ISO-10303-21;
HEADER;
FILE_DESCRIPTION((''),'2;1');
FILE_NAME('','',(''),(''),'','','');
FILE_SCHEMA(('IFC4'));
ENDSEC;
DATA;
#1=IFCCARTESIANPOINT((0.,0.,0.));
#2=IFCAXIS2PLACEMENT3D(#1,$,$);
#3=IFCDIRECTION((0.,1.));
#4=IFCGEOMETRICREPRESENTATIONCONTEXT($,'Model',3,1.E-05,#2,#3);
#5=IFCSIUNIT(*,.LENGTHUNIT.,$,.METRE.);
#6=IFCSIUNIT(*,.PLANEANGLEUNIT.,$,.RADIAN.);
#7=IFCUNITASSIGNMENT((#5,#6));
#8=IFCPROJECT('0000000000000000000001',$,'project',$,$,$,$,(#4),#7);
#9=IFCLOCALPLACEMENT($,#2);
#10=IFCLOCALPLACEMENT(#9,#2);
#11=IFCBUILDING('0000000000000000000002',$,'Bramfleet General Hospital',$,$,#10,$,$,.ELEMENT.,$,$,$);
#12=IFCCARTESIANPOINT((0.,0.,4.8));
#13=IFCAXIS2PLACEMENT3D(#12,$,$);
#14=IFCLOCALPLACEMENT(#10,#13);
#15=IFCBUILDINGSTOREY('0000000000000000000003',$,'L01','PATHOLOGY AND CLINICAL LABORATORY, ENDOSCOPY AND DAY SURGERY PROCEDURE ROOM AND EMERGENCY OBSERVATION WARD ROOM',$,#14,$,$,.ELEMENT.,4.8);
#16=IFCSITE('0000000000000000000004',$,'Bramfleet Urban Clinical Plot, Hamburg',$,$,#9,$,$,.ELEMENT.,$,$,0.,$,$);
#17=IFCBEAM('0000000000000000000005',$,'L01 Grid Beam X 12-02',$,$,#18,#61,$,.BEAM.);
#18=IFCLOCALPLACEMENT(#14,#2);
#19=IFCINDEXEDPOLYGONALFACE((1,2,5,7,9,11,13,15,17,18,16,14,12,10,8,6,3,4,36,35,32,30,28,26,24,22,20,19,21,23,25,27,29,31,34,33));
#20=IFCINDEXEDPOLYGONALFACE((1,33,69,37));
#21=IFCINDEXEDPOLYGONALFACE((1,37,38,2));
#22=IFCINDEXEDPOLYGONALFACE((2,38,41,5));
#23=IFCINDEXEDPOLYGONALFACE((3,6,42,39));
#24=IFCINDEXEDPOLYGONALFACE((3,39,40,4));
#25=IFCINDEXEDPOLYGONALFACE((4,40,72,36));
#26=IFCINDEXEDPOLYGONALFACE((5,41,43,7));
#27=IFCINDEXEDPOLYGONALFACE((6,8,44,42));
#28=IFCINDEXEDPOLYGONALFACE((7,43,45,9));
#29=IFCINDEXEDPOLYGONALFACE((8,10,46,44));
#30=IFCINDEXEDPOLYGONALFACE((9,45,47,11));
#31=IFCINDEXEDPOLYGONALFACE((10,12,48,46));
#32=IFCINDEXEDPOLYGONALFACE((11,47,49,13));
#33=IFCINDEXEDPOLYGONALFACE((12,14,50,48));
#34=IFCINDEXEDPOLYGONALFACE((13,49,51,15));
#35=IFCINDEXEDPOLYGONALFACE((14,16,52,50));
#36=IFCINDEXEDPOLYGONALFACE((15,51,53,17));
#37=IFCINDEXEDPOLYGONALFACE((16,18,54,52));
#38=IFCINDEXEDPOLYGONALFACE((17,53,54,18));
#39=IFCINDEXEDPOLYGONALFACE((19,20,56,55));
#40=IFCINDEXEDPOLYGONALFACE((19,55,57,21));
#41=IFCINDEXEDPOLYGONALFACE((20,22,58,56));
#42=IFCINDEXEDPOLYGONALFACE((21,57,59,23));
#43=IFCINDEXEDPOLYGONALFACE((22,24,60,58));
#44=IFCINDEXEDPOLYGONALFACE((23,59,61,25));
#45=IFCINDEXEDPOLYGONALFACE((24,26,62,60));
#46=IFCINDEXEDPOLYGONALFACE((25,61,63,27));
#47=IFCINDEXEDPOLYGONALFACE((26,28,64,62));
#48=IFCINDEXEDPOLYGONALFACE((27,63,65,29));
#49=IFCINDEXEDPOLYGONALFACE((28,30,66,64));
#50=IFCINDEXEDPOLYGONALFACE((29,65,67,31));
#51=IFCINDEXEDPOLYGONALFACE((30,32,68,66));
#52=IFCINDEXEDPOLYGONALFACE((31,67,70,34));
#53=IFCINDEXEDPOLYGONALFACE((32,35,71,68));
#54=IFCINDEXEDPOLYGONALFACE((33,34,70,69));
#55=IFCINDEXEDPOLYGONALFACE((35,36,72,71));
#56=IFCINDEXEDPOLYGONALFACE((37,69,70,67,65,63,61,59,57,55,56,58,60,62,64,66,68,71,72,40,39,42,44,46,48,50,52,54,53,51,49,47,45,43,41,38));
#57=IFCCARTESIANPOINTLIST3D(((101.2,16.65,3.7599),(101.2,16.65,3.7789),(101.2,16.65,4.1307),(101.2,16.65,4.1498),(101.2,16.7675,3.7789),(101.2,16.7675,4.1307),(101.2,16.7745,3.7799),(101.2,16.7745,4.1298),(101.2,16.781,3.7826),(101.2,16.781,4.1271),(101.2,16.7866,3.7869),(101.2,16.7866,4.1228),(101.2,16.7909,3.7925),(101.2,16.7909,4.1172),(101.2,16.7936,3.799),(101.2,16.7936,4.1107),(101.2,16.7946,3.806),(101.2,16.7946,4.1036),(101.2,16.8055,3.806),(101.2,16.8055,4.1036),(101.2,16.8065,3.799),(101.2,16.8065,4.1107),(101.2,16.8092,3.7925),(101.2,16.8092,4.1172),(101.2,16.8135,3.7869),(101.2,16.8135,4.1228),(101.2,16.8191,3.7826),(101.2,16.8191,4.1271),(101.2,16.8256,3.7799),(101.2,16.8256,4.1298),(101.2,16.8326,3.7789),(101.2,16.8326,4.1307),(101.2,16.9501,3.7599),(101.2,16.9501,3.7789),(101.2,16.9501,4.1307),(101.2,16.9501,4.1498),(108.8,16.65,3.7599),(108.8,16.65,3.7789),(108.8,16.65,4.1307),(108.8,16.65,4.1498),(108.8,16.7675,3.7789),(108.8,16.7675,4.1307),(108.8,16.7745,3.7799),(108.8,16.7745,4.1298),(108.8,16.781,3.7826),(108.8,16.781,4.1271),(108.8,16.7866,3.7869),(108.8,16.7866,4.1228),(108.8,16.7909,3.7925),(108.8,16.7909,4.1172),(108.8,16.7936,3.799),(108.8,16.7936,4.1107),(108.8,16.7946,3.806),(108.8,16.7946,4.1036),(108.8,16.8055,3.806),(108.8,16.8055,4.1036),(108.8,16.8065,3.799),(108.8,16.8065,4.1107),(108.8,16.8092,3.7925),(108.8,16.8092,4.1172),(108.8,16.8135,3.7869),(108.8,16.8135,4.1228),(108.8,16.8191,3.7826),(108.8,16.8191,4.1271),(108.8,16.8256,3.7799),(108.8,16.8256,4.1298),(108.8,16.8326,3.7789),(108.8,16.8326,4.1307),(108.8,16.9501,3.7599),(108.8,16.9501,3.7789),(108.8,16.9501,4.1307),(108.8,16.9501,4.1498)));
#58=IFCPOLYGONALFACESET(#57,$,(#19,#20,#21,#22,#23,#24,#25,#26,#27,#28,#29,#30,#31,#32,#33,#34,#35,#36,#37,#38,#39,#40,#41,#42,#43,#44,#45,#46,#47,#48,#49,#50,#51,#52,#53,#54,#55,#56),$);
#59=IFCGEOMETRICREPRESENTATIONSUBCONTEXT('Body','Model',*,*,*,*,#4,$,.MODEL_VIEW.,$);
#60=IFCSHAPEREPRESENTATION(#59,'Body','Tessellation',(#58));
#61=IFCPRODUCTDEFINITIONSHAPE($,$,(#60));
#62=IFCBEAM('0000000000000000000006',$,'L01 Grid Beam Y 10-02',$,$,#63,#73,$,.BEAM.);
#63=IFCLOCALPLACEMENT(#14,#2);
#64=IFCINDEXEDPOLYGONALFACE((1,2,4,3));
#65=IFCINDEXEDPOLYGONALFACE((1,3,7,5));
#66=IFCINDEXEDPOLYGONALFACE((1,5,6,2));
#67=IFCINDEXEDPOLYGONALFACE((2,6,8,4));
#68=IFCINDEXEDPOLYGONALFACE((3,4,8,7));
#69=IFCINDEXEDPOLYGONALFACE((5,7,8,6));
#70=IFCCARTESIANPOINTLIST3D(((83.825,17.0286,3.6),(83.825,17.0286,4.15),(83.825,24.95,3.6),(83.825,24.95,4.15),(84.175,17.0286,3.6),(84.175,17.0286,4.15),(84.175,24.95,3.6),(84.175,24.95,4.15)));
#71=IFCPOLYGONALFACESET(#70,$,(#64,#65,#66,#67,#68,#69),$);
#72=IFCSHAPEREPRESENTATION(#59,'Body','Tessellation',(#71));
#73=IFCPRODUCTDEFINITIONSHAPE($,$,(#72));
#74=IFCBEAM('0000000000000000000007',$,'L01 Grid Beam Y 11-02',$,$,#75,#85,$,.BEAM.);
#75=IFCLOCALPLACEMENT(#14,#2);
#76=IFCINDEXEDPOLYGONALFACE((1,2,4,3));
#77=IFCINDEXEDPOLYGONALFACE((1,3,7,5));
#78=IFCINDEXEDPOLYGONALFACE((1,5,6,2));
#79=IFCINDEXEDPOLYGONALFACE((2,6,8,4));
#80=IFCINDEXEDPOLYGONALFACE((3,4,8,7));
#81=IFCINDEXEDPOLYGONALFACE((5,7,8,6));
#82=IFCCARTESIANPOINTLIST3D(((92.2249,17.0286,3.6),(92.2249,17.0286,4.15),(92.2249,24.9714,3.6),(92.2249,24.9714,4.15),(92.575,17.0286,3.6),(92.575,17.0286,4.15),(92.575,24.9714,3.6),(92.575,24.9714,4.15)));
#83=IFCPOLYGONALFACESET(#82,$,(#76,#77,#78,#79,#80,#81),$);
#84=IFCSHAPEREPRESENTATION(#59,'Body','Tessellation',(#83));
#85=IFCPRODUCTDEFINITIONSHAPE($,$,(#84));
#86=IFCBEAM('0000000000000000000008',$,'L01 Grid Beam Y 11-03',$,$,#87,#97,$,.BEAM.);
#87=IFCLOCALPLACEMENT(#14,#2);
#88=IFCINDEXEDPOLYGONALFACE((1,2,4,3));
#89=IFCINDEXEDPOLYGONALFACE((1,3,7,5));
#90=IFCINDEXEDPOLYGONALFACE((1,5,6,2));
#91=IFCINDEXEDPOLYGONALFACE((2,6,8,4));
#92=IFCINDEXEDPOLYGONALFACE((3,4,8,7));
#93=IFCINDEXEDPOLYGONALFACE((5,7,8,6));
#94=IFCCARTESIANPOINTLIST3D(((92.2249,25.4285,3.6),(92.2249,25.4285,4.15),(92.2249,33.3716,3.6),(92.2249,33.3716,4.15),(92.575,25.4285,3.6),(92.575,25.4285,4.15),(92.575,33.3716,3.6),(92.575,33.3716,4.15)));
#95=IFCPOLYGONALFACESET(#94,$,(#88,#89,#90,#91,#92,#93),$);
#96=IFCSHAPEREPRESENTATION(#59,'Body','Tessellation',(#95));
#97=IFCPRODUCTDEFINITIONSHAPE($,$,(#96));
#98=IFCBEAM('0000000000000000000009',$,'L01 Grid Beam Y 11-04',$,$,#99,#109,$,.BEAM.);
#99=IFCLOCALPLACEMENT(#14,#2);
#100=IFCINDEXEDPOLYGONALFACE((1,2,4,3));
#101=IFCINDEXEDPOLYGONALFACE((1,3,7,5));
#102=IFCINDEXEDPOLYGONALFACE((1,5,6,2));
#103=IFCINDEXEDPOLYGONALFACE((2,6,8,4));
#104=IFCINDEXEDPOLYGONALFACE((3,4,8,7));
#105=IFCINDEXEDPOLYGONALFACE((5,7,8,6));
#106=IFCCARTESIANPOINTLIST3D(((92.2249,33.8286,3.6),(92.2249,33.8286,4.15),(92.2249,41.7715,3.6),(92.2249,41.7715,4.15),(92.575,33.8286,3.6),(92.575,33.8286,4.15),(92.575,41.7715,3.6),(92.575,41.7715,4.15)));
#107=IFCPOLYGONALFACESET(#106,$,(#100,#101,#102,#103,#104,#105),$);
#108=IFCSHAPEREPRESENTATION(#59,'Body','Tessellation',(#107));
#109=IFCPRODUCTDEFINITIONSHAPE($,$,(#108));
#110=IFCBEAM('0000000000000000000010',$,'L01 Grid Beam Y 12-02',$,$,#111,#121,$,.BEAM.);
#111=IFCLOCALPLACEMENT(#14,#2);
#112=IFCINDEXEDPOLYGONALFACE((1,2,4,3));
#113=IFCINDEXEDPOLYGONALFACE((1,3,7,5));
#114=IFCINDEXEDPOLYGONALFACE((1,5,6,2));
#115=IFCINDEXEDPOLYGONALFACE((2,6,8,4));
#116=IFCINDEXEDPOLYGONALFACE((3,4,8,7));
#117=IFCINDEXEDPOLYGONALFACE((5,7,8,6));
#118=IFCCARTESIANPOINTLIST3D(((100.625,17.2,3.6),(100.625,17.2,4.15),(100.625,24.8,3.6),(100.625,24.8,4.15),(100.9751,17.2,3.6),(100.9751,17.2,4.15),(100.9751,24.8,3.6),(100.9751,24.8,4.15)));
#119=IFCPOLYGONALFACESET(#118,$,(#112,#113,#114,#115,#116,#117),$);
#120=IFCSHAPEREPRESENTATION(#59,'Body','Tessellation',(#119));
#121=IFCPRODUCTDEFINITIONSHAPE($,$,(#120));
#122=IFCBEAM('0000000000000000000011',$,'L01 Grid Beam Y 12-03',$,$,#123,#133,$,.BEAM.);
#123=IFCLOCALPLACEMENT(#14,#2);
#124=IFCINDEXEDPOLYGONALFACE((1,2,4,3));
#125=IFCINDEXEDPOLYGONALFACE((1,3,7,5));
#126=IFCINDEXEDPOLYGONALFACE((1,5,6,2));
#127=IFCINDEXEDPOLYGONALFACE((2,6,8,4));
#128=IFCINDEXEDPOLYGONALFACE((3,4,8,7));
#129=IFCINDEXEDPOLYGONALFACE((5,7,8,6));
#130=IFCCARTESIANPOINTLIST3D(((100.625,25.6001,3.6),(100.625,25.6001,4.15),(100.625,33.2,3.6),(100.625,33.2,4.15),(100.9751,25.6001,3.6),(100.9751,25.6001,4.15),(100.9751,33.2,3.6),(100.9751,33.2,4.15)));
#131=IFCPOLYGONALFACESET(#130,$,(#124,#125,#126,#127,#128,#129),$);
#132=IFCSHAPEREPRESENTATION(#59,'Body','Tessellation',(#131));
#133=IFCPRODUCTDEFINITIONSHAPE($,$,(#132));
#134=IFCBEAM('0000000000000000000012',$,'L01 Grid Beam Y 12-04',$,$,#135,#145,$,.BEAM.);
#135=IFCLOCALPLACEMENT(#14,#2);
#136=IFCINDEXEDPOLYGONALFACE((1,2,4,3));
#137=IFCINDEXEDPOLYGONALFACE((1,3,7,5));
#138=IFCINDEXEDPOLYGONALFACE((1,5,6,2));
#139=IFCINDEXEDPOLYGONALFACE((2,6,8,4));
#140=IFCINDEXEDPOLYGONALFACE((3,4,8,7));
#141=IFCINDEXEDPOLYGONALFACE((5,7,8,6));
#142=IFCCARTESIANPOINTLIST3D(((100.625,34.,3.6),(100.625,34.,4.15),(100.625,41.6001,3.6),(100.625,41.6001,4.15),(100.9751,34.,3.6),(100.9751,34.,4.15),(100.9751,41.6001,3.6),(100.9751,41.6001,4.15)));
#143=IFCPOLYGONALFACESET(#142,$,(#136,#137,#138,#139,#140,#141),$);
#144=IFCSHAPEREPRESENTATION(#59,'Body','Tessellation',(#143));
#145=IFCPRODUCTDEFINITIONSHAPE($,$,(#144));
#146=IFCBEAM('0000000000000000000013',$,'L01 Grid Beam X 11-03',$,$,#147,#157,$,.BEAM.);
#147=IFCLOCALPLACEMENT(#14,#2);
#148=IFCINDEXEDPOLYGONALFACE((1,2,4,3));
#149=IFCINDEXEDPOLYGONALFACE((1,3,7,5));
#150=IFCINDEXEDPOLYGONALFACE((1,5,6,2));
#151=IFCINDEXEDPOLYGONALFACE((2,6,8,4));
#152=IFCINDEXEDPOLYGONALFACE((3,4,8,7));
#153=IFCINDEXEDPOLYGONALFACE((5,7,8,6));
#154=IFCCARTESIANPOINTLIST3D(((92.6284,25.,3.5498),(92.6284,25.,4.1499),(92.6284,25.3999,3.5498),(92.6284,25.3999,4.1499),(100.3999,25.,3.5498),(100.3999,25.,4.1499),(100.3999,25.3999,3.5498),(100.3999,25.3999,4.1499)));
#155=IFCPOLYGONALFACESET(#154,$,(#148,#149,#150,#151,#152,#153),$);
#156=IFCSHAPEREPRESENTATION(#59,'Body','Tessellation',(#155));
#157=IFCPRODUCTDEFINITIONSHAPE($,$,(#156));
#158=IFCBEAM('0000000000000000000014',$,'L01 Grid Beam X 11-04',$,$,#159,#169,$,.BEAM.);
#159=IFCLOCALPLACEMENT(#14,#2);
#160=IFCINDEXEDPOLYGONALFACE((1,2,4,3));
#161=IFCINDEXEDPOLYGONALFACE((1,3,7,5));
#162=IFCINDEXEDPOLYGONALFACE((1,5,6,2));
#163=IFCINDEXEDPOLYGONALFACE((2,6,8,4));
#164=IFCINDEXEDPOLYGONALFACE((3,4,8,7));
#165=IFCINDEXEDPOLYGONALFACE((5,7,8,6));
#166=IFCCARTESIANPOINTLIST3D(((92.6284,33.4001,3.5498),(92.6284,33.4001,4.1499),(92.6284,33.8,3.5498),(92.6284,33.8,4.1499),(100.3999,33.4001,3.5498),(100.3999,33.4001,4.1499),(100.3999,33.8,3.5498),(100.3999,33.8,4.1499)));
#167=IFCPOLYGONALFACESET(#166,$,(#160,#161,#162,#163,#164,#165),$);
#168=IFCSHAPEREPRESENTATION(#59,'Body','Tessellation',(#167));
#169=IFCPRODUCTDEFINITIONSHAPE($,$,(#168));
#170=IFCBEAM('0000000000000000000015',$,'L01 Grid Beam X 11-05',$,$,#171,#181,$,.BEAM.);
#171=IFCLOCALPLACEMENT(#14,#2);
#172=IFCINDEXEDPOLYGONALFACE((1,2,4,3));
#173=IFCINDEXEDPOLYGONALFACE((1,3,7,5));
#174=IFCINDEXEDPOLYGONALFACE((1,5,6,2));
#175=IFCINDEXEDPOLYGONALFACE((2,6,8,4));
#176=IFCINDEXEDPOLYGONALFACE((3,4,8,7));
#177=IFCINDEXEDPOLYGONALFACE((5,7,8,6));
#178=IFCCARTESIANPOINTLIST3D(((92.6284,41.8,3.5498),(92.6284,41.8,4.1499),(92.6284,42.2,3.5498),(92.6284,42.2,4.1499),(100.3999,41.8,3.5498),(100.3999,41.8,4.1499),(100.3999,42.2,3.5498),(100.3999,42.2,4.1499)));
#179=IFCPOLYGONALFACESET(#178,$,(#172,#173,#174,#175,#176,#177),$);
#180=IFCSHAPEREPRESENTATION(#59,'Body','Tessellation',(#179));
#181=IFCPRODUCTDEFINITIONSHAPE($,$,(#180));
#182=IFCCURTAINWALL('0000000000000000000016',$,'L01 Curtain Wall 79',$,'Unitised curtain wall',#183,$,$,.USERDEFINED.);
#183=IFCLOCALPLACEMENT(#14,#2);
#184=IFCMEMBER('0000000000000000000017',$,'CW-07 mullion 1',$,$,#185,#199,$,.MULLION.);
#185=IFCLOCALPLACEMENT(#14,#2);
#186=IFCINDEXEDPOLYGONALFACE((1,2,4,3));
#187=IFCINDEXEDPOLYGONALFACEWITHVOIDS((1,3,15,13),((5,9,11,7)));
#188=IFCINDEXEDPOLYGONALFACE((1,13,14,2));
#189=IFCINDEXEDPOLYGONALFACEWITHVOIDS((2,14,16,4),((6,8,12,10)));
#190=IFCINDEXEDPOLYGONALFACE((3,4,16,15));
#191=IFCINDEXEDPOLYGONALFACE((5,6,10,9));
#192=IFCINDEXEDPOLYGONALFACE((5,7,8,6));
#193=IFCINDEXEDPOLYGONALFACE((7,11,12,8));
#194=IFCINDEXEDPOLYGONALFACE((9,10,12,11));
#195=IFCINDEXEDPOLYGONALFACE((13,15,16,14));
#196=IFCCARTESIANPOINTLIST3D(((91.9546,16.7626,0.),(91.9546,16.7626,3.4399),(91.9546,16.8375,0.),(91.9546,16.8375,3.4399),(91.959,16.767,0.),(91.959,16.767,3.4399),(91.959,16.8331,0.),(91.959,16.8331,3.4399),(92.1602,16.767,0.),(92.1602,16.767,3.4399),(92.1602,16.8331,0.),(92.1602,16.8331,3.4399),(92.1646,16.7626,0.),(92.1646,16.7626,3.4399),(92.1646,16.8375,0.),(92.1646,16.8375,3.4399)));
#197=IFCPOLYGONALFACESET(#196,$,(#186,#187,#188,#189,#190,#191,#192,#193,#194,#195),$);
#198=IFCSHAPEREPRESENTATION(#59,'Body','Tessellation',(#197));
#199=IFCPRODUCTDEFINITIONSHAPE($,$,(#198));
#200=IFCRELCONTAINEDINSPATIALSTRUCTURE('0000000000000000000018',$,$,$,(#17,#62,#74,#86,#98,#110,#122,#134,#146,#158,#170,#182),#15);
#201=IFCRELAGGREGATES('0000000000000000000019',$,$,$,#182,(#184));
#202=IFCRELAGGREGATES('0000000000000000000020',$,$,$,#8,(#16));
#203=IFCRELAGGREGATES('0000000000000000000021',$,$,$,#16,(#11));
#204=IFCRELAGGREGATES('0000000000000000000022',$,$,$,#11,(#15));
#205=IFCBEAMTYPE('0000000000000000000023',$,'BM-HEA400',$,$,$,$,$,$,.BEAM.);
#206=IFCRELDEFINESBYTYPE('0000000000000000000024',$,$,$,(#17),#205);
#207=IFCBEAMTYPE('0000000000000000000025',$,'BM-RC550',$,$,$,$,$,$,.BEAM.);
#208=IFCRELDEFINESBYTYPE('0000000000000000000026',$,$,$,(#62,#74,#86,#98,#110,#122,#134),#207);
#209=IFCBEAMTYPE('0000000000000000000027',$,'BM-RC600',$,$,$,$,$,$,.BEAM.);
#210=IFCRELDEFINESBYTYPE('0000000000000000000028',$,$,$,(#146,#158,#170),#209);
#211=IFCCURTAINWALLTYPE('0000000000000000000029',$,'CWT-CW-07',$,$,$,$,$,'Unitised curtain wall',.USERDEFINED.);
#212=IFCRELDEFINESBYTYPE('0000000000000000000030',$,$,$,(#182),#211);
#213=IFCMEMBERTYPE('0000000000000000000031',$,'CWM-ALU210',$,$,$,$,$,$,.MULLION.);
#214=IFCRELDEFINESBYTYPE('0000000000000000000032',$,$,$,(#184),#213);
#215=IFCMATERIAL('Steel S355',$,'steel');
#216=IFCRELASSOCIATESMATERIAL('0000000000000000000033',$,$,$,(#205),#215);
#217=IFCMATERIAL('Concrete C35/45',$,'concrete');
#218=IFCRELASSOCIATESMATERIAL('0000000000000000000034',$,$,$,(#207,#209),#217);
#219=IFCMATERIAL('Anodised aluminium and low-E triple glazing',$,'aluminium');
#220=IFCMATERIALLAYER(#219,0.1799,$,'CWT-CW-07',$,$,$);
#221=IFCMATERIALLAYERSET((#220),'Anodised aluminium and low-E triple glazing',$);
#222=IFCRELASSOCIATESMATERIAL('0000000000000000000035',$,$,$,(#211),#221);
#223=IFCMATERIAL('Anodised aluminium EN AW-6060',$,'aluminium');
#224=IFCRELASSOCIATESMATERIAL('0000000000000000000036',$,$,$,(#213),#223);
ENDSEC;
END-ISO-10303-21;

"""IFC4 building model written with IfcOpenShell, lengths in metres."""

from ifc_helpers import new_model, si_unit, direction, frame, origin, origin_2d, place, context, subcontext, project, spatial, rectangle, hollow_rectangle, i_section, extrude, material, layer, layer_set, material_profile, profile_set, type_object, element, aggregate, save


model = new_model("IFC4")

# Units and contexts
model_context = context("Model", 3, precision=1e-05, world=origin(), true_north=direction((0.0, 1.0)))
body_context = subcontext(model_context, "Body", "Model", "MODEL_VIEW")
ifc_project = project(units=[si_unit("LENGTHUNIT", "METRE"), si_unit("PLANEANGLEUNIT", "RADIAN")], contexts=[model_context])

# Site, building, storey
site_placement = place(None, origin())
site = spatial("IfcSite", under=ifc_project, at=site_placement, Name="Bramfleet Urban Clinical Plot, Hamburg", CompositionType="ELEMENT", RefElevation=0.0)
building_placement = place(site_placement, origin())
building = spatial("IfcBuilding", under=site, at=building_placement, Name="Bramfleet General Hospital", CompositionType="ELEMENT")
storey_placement = place(building_placement, frame((0.0, 0.0, 4.8)))
storey = spatial("IfcBuildingStorey", under=building, at=storey_placement, Name="L01", Description="PATHOLOGY AND CLINICAL LABORATORY, ENDOSCOPY AND DAY SURGERY PROCEDURE ROOM AND EMERGENCY OBSERVATION WARD ROOM", CompositionType="ELEMENT", Elevation=4.8)

# Shared definitions
ifc_material_1 = material(Name="Steel S355", Category="steel")

# Beams
ifc_material_profile_1 = material_profile(ifc_material_1, i_section(OverallWidth=0.3, OverallDepth=0.3899, WebThickness=0.011, FlangeThickness=0.019, FilletRadius=0.0271, at=origin_2d()), Name="HEA 400")
ifc_profile_set_1 = profile_set([ifc_material_profile_1], Name="Steel S355")
beam_type_1 = type_object("IfcBeamType", Name="BM-HEA400", PredefinedType="BEAM", material=ifc_profile_set_1)
beam_1_placement = place(storey_placement, frame((101.2, 16.8, 3.9548), z_axis=(1.0, 0.0, 0.0), x_axis=(0.0, 1.0, 0.0)))
element("IfcBeam", 1, at=beam_1_placement, inside=storey, type_object=beam_type_1, Name="L01 Grid Beam X 12-02", PredefinedType="BEAM", context=body_context, shape_type="SweptSolid", body=[
    extrude(i_section(OverallWidth=0.3, OverallDepth=0.3899, WebThickness=0.011, FlangeThickness=0.019, FilletRadius=0.0271, at=origin_2d()), origin(), (0.0, 0.0, 1.0), 7.6001),
])
ifc_material_2 = material(Name="Concrete C35/45", Category="concrete")
ifc_material_profile_2 = material_profile(ifc_material_2, rectangle(XDim=0.3501, YDim=0.55, at=origin_2d()), Name="RC BM 550x350")
ifc_profile_set_2 = profile_set([ifc_material_profile_2], Name="Concrete C35/45")
beam_type_2 = type_object("IfcBeamType", Name="BM-RC550", PredefinedType="BEAM", material=ifc_profile_set_2)
beam_2_placement = place(storey_placement, frame((84.0, 17.0286, 3.875), z_axis=(0.0, 1.0, 0.0), x_axis=(-1.0, 0.0, 0.0)))
element("IfcBeam", 2, at=beam_2_placement, inside=storey, type_object=beam_type_2, Name="L01 Grid Beam Y 10-02", PredefinedType="BEAM", context=body_context, shape_type="SweptSolid", body=[
    extrude(rectangle(XDim=0.3501, YDim=0.55, at=origin_2d()), origin(), (0.0, 0.0, 1.0), 7.9214),
])
beam_3_placement = place(storey_placement, frame((92.3999, 17.0286, 3.875), z_axis=(0.0, 1.0, 0.0), x_axis=(-1.0, 0.0, 0.0)))
element("IfcBeam", 3, at=beam_3_placement, inside=storey, type_object=beam_type_2, Name="L01 Grid Beam Y 11-02", PredefinedType="BEAM", context=body_context, shape_type="SweptSolid", body=[
    extrude(rectangle(XDim=0.3501, YDim=0.55, at=origin_2d()), origin(), (0.0, 0.0, 1.0), 7.9429),
])
beam_4_placement = place(storey_placement, frame((92.3999, 25.4285, 3.875), z_axis=(0.0, 1.0, 0.0), x_axis=(-1.0, 0.0, 0.0)))
element("IfcBeam", 4, at=beam_4_placement, inside=storey, type_object=beam_type_2, Name="L01 Grid Beam Y 11-03", PredefinedType="BEAM", context=body_context, shape_type="SweptSolid", body=[
    extrude(rectangle(XDim=0.3501, YDim=0.55, at=origin_2d()), origin(), (0.0, 0.0, 1.0), 7.9431),
])
beam_5_placement = place(storey_placement, frame((92.3999, 33.8286, 3.875), z_axis=(0.0, 1.0, 0.0), x_axis=(-1.0, 0.0, 0.0)))
element("IfcBeam", 5, at=beam_5_placement, inside=storey, type_object=beam_type_2, Name="L01 Grid Beam Y 11-04", PredefinedType="BEAM", context=body_context, shape_type="SweptSolid", body=[
    extrude(rectangle(XDim=0.3501, YDim=0.55, at=origin_2d()), origin(), (0.0, 0.0, 1.0), 7.9429),
])
beam_6_placement = place(storey_placement, frame((100.8, 17.2, 3.875), z_axis=(0.0, 1.0, 0.0), x_axis=(-1.0, 0.0, 0.0)))
element("IfcBeam", 6, at=beam_6_placement, inside=storey, type_object=beam_type_2, Name="L01 Grid Beam Y 12-02", PredefinedType="BEAM", context=body_context, shape_type="SweptSolid", body=[
    extrude(rectangle(XDim=0.3501, YDim=0.55, at=origin_2d()), origin(), (0.0, 0.0, 1.0), 7.6001),
])
beam_7_placement = place(storey_placement, frame((100.8, 25.6001, 3.875), z_axis=(0.0, 1.0, 0.0), x_axis=(-1.0, 0.0, 0.0)))
element("IfcBeam", 7, at=beam_7_placement, inside=storey, type_object=beam_type_2, Name="L01 Grid Beam Y 12-03", PredefinedType="BEAM", context=body_context, shape_type="SweptSolid", body=[
    extrude(rectangle(XDim=0.3501, YDim=0.55, at=origin_2d()), origin(), (0.0, 0.0, 1.0), 7.5999),
])
beam_8_placement = place(storey_placement, frame((100.8, 34.0, 3.875), z_axis=(0.0, 1.0, 0.0), x_axis=(-1.0, 0.0, 0.0)))
element("IfcBeam", 8, at=beam_8_placement, inside=storey, type_object=beam_type_2, Name="L01 Grid Beam Y 12-04", PredefinedType="BEAM", context=body_context, shape_type="SweptSolid", body=[
    extrude(rectangle(XDim=0.3501, YDim=0.55, at=origin_2d()), origin(), (0.0, 0.0, 1.0), 7.6001),
])
ifc_material_profile_3 = material_profile(ifc_material_2, rectangle(XDim=0.3999, YDim=0.6001, at=origin_2d()), Name="RC BM 600x400")
ifc_profile_set_3 = profile_set([ifc_material_profile_3], Name="Concrete C35/45")
beam_type_3 = type_object("IfcBeamType", Name="BM-RC600", PredefinedType="BEAM", material=ifc_profile_set_3)
for number, where, z_axis, x_axis, name in (
    (9, (92.6284, 25.2, 3.8499), (1.0, 0.0, 0.0), (0.0, 1.0, 0.0), "L01 Grid Beam X 11-03"),
    (10, (92.6284, 33.6001, 3.8499), (1.0, 0.0, 0.0), (0.0, 1.0, 0.0), "L01 Grid Beam X 11-04"),
    (11, (92.6284, 42.0, 3.8499), (1.0, 0.0, 0.0), (0.0, 1.0, 0.0), "L01 Grid Beam X 11-05"),
):
    element("IfcBeam", number, at=place(storey_placement, frame(where, z_axis=z_axis, x_axis=x_axis)), inside=storey, type_object=beam_type_3, Name=name, PredefinedType="BEAM", context=body_context, shape_type="SweptSolid", body=[
        extrude(rectangle(XDim=0.3999, YDim=0.6001, at=origin_2d()), origin(), (0.0, 0.0, 1.0), 7.7715),
    ])

# Curtain wall, member
ifc_material_3 = material(Name="Anodised aluminium and low-E triple glazing", Category="aluminium")
ifc_layer_1 = layer(ifc_material_3, 0.1799, Name="CWT-CW-07")
ifc_layer_set_1 = layer_set([ifc_layer_1], Name="Anodised aluminium and low-E triple glazing")
curtain_wall_type = type_object("IfcCurtainWallType", Name="CWT-CW-07", ElementType="Unitised curtain wall", PredefinedType="USERDEFINED", material=ifc_layer_set_1)
curtain_wall_placement = place(storey_placement, origin())
curtain_wall = element("IfcCurtainWall", 12, at=curtain_wall_placement, inside=storey, type_object=curtain_wall_type, Name="L01 Curtain Wall 79", ObjectType="Unitised curtain wall", PredefinedType="USERDEFINED")
ifc_material_4 = material(Name="Anodised aluminium EN AW-6060", Category="aluminium")
ifc_material_profile_4 = material_profile(ifc_material_4, hollow_rectangle(XDim=0.075, YDim=0.21, WallThickness=0.0044, at=origin_2d()), Name="ALU 210x75x4.5")
ifc_profile_set_4 = profile_set([ifc_material_profile_4], Name="Anodised aluminium EN AW-6060")
member_type_1 = type_object("IfcMemberType", Name="CWM-ALU210", PredefinedType="MULLION", material=ifc_profile_set_4)
member_1_placement = place(storey_placement, frame((92.0596, 16.8, 0.0), z_axis=(0.0, 0.0, 1.0), x_axis=(0.0, -1.0, 0.0)))
member_1 = element("IfcMember", 13, at=member_1_placement, type_object=member_type_1, Name="CW-07 mullion 1", PredefinedType="MULLION", context=body_context, shape_type="SweptSolid", body=[
    extrude(hollow_rectangle(XDim=0.075, YDim=0.21, WallThickness=0.0044, at=origin_2d()), origin(), (0.0, 0.0, 1.0), 3.4399),
])
aggregate(curtain_wall, [member_1])

save(model, "model.ifc")
